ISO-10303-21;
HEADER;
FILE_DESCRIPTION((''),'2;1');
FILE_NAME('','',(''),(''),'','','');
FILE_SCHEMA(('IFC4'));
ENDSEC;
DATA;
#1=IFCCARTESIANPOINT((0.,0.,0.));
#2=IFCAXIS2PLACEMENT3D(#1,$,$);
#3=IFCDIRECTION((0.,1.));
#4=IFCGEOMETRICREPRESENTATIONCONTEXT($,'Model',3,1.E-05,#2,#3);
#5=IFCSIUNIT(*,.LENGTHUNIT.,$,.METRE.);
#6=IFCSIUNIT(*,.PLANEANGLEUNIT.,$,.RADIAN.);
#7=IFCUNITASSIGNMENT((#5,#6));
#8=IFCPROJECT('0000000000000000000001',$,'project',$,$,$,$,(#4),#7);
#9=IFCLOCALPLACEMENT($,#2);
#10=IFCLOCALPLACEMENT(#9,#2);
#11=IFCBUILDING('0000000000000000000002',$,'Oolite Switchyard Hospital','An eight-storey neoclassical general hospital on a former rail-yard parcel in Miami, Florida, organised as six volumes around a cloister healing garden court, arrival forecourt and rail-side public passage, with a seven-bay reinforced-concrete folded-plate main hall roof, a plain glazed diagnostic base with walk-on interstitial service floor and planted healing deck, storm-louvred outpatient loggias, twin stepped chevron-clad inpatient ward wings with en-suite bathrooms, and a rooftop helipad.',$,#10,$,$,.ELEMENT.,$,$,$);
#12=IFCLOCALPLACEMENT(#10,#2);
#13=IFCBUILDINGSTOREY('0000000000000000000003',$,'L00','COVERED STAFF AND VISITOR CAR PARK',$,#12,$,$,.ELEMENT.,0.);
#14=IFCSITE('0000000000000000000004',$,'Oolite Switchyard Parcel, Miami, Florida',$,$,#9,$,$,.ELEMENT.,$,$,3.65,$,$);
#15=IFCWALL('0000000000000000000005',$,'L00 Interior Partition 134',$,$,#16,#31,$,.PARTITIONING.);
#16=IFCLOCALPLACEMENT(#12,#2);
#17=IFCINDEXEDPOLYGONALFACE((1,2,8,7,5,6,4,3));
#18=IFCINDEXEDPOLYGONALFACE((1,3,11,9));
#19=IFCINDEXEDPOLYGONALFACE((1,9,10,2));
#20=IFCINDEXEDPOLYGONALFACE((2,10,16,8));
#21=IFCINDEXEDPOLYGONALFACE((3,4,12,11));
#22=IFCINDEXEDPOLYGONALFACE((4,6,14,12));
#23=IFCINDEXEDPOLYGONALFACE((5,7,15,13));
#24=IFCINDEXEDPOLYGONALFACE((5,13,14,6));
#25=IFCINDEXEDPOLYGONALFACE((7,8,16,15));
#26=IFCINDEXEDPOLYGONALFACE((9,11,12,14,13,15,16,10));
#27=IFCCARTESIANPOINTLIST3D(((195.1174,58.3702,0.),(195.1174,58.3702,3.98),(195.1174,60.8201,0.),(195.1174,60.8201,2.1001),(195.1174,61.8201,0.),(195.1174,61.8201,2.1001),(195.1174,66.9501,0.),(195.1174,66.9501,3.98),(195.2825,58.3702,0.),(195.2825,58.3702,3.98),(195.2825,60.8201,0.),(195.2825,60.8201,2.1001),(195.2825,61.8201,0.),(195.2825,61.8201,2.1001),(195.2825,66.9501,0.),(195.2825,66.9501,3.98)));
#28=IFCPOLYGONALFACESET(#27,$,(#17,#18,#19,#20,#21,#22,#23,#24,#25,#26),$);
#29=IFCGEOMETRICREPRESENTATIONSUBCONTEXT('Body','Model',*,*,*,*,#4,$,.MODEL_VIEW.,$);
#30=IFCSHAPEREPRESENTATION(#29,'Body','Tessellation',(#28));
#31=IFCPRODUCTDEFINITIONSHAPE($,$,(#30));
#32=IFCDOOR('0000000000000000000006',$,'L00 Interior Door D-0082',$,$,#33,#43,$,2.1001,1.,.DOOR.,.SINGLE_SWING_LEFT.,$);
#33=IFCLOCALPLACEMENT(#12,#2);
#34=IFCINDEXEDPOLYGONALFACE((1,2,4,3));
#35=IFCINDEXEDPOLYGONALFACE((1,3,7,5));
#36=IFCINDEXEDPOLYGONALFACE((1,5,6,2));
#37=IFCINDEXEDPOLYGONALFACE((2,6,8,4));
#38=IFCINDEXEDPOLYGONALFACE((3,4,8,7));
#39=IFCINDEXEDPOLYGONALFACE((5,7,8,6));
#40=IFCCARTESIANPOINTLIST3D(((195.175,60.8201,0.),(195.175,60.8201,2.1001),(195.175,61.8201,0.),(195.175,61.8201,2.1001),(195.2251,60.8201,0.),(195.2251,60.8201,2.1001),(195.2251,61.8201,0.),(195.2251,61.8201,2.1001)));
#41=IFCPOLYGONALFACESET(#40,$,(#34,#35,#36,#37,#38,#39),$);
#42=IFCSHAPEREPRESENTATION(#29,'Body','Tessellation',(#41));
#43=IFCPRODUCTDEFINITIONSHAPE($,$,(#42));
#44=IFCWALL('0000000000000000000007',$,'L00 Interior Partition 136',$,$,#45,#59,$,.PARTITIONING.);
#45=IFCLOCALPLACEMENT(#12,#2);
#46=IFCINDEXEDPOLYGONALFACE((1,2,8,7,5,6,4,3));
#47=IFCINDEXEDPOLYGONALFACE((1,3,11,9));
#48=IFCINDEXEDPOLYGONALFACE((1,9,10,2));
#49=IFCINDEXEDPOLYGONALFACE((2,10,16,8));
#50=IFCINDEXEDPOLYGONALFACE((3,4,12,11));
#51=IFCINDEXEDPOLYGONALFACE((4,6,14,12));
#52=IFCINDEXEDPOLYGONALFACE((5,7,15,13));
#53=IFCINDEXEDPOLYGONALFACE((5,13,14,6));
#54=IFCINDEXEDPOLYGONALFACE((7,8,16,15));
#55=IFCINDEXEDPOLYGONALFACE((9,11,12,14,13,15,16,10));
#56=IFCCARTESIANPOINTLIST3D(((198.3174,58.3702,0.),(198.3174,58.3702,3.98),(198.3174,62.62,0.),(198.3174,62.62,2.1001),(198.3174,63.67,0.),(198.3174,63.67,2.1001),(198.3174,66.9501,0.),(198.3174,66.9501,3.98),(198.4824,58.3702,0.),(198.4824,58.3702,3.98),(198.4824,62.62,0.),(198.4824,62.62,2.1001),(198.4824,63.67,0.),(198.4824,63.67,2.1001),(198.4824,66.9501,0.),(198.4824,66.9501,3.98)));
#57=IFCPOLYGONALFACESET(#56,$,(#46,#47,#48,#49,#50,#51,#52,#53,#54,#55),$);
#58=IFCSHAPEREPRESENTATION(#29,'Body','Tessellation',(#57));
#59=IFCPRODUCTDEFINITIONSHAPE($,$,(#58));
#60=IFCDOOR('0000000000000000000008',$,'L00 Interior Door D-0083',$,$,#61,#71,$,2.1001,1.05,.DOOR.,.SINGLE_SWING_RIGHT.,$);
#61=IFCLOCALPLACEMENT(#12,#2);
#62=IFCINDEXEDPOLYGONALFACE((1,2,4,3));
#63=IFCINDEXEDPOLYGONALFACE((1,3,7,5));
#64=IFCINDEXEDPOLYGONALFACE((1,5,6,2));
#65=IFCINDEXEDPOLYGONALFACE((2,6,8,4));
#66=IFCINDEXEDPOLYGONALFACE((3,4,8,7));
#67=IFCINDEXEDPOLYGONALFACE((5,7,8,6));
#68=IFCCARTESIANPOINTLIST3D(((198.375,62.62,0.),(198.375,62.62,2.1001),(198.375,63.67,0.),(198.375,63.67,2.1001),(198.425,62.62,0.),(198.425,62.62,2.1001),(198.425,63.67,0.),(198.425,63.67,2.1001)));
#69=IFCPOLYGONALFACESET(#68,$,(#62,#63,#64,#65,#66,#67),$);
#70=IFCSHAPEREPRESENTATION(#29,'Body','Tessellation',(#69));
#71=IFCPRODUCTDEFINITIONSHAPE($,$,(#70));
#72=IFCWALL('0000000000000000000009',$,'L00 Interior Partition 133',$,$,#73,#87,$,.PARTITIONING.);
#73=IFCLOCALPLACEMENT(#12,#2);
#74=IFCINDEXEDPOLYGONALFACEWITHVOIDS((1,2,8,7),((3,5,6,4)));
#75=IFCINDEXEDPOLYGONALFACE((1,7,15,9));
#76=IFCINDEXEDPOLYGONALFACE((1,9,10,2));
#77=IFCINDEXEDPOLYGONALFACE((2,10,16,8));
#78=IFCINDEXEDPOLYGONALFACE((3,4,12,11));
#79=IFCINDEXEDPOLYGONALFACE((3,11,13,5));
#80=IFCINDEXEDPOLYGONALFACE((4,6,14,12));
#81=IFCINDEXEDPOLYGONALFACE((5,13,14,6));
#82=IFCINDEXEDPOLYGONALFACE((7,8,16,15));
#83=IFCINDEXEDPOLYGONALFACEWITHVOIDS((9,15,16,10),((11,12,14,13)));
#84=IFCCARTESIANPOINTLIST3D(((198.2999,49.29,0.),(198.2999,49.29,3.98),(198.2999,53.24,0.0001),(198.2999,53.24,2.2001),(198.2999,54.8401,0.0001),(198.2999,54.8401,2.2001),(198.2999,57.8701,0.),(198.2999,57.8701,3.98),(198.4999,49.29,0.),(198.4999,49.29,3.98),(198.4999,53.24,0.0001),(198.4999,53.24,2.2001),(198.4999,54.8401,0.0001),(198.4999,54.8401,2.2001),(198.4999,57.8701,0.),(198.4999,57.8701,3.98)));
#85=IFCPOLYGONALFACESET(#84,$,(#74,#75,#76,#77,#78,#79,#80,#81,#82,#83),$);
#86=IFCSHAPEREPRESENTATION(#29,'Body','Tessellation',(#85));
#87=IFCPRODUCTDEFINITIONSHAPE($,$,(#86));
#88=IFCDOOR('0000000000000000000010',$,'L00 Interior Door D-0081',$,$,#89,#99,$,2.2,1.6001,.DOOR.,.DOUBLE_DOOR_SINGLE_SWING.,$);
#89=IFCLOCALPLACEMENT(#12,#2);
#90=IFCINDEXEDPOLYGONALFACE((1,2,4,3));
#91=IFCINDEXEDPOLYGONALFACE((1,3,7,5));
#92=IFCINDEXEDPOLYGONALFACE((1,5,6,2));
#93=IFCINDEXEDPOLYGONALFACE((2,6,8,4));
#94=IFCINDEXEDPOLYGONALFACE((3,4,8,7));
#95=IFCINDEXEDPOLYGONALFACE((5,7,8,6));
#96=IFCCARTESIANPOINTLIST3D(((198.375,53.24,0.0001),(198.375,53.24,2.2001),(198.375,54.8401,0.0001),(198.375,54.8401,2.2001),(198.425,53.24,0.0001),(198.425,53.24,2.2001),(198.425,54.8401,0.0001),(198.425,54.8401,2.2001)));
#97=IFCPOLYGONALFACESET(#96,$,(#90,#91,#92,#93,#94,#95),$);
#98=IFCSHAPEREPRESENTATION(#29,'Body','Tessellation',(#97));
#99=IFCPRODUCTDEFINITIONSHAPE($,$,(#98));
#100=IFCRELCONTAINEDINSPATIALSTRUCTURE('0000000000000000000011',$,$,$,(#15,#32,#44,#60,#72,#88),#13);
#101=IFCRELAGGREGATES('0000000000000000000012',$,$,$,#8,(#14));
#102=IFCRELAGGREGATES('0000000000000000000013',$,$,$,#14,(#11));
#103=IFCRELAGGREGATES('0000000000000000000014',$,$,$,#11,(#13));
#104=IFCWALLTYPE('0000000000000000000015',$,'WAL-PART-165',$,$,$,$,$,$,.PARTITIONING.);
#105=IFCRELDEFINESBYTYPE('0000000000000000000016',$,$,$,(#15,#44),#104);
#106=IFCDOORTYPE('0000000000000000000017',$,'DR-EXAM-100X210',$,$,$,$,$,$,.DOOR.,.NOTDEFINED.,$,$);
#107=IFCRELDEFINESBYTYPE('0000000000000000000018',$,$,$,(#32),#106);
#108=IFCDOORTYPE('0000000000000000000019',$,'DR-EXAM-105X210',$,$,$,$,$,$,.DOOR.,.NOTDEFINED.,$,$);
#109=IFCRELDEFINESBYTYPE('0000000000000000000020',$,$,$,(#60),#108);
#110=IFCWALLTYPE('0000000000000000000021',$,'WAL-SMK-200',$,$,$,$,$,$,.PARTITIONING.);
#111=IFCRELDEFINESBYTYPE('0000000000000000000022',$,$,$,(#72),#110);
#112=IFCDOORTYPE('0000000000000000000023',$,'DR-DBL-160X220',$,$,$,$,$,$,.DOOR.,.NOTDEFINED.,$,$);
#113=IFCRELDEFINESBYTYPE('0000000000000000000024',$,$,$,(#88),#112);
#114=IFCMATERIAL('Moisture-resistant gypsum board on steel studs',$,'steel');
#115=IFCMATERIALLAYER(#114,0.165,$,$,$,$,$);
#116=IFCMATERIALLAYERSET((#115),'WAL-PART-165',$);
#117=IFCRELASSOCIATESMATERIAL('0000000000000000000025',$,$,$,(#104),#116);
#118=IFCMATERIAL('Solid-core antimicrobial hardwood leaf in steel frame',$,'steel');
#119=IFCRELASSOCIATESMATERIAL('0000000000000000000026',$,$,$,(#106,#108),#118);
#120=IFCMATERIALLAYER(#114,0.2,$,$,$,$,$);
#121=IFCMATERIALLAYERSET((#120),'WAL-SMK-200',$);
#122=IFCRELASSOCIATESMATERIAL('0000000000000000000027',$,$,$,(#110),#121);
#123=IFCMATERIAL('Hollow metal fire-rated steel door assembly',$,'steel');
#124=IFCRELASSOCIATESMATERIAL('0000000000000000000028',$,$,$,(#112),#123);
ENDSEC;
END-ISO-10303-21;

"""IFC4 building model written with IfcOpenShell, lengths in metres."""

from ifc_helpers import new_model, si_unit, direction, frame, frame_2d, origin, place, context, subcontext, project, spatial, rectangle, extrude, material, layer, layer_set, type_object, element, fill, save


model = new_model("IFC4")

# Units and contexts
model_context = context("Model", 3, precision=1e-05, world=origin(), true_north=direction((0.0, 1.0)))
body_context = subcontext(model_context, "Body", "Model", "MODEL_VIEW")
ifc_project = project(units=[si_unit("LENGTHUNIT", "METRE"), si_unit("PLANEANGLEUNIT", "RADIAN")], contexts=[model_context])

# Site, building, storey
site_placement = place(None, origin())
site = spatial("IfcSite", under=ifc_project, at=site_placement, Name="Oolite Switchyard Parcel, Miami, Florida", CompositionType="ELEMENT", RefElevation=3.65)
building_placement = place(site_placement, origin())
building = spatial("IfcBuilding", under=site, at=building_placement, Name="Oolite Switchyard Hospital", Description="An eight-storey neoclassical general hospital on a former rail-yard parcel in Miami, Florida, organised as six volumes around a cloister healing garden court, arrival forecourt and rail-side public passage, with a seven-bay reinforced-concrete folded-plate main hall roof, a plain glazed diagnostic base with walk-on interstitial service floor and planted healing deck, storm-louvred outpatient loggias, twin stepped chevron-clad inpatient ward wings with en-suite bathrooms, and a rooftop helipad.", CompositionType="ELEMENT")
storey_placement = place(building_placement, origin())
storey = spatial("IfcBuildingStorey", under=building, at=storey_placement, Name="L00", Description="COVERED STAFF AND VISITOR CAR PARK", CompositionType="ELEMENT", Elevation=0.0)

# Shared definitions
ifc_material_1 = material(Name="Moisture-resistant gypsum board on steel studs", Category="steel")

# Walls, openings, doors
ifc_layer_1 = layer(ifc_material_1, 0.165)
ifc_layer_set_1 = layer_set([ifc_layer_1], Name="WAL-PART-165")
wall_type_1 = type_object("IfcWallType", Name="WAL-PART-165", PredefinedType="PARTITIONING", material=ifc_layer_set_1)
ifc_material_2 = material(Name="Solid-core antimicrobial hardwood leaf in steel frame", Category="steel")
wall_1_placement = place(storey_placement, frame((195.2, 58.3701, 0.0), z_axis=(0.0, 0.0, 1.0), x_axis=(0.0, 1.0, 0.0)))
wall_1 = element("IfcWall", 1, at=wall_1_placement, inside=storey, type_object=wall_type_1, Name="L00 Interior Partition 134", PredefinedType="PARTITIONING", context=body_context, shape_type="SweptSolid", body=[
    extrude(rectangle(XDim=8.5798, YDim=0.165, at=frame_2d((4.29, 0.0))), origin(), (0.0, 0.0, 1.0), 3.98),
])
opening_1_placement = place(wall_1_placement, frame((2.45, 0.0, 0.0)))
opening_1 = element("IfcOpeningElement", 2, at=opening_1_placement, cuts=wall_1, PredefinedType="OPENING", context=body_context, shape_type="SweptSolid", body=[
    extrude(rectangle(XDim=1.0, YDim=2.1001, at=frame_2d((0.5, 1.05))), frame((0.0, 0.0925, 0.0), z_axis=(0.0, -1.0, 0.0), x_axis=(1.0, 0.0, 0.0)), (0.0, 0.0, 1.0), 0.1851),
])
door_type_1 = type_object("IfcDoorType", Name="DR-EXAM-100X210", OperationType="NOTDEFINED", PredefinedType="DOOR", material=ifc_material_2)
door_1_placement = place(opening_1_placement, origin())
door_1 = element("IfcDoor", 3, at=door_1_placement, inside=storey, type_object=door_type_1, Name="L00 Interior Door D-0082", OperationType="SINGLE_SWING_LEFT", OverallHeight=2.1001, OverallWidth=1.0, PredefinedType="DOOR", context=body_context, shape_type="SweptSolid", body=[
    extrude(rectangle(XDim=1.0, YDim=2.1001, at=frame_2d((0.5, 1.05))), frame((0.0, 0.0249, 0.0), z_axis=(0.0, -1.0, 0.0), x_axis=(1.0, 0.0, 0.0)), (0.0, 0.0, 1.0), 0.05),
])
fill(opening_1, door_1)
wall_2_placement = place(storey_placement, frame((198.3999, 58.3701, 0.0), z_axis=(0.0, 0.0, 1.0), x_axis=(0.0, 1.0, 0.0)))
wall_2 = element("IfcWall", 4, at=wall_2_placement, inside=storey, type_object=wall_type_1, Name="L00 Interior Partition 136", PredefinedType="PARTITIONING", context=body_context, shape_type="SweptSolid", body=[
    extrude(rectangle(XDim=8.5798, YDim=0.165, at=frame_2d((4.29, 0.0))), origin(), (0.0, 0.0, 1.0), 3.98),
])
opening_2_placement = place(wall_2_placement, frame((4.25, 0.0, 0.0)))
opening_2 = element("IfcOpeningElement", 5, at=opening_2_placement, cuts=wall_2, PredefinedType="OPENING", context=body_context, shape_type="SweptSolid", body=[
    extrude(rectangle(XDim=1.05, YDim=2.1001, at=frame_2d((0.5249, 1.05))), frame((0.0, 0.0925, 0.0), z_axis=(0.0, -1.0, 0.0), x_axis=(1.0, 0.0, 0.0)), (0.0, 0.0, 1.0), 0.1851),
])
door_type_2 = type_object("IfcDoorType", Name="DR-EXAM-105X210", OperationType="NOTDEFINED", PredefinedType="DOOR", material=ifc_material_2)
door_2_placement = place(opening_2_placement, origin())
door_2 = element("IfcDoor", 6, at=door_2_placement, inside=storey, type_object=door_type_2, Name="L00 Interior Door D-0083", OperationType="SINGLE_SWING_RIGHT", OverallHeight=2.1001, OverallWidth=1.05, PredefinedType="DOOR", context=body_context, shape_type="SweptSolid", body=[
    extrude(rectangle(XDim=1.05, YDim=2.1001, at=frame_2d((0.5249, 1.05))), frame((0.0, 0.0249, 0.0), z_axis=(0.0, -1.0, 0.0), x_axis=(1.0, 0.0, 0.0)), (0.0, 0.0, 1.0), 0.05),
])
fill(opening_2, door_2)
ifc_layer_2 = layer(ifc_material_1, 0.2)
ifc_layer_set_2 = layer_set([ifc_layer_2], Name="WAL-SMK-200")
wall_type_2 = type_object("IfcWallType", Name="WAL-SMK-200", PredefinedType="PARTITIONING", material=ifc_layer_set_2)
wall_3_placement = place(storey_placement, frame((198.3999, 49.29, 0.0), z_axis=(0.0, 0.0, 1.0), x_axis=(0.0, 1.0, 0.0)))
wall_3 = element("IfcWall", 7, at=wall_3_placement, inside=storey, type_object=wall_type_2, Name="L00 Interior Partition 133", PredefinedType="PARTITIONING", context=body_context, shape_type="SweptSolid", body=[
    extrude(rectangle(XDim=8.5801, YDim=0.2, at=frame_2d((4.29, 0.0))), origin(), (0.0, 0.0, 1.0), 3.98),
])
opening_3_placement = place(wall_3_placement, frame((3.95, 0.0, 0.0)))
opening_3 = element("IfcOpeningElement", 8, at=opening_3_placement, cuts=wall_3, PredefinedType="OPENING", context=body_context, shape_type="SweptSolid", body=[
    extrude(rectangle(XDim=1.6001, YDim=2.2, at=frame_2d((0.8, 1.1001))), frame((0.0, 0.1099, 0.0), z_axis=(0.0, -1.0, 0.0), x_axis=(1.0, 0.0, 0.0)), (0.0, 0.0, 1.0), 0.22),
])
ifc_material_3 = material(Name="Hollow metal fire-rated steel door assembly", Category="steel")
door_type_3 = type_object("IfcDoorType", Name="DR-DBL-160X220", OperationType="NOTDEFINED", PredefinedType="DOOR", material=ifc_material_3)
door_3_placement = place(opening_3_placement, origin())
door_3 = element("IfcDoor", 9, at=door_3_placement, inside=storey, type_object=door_type_3, Name="L00 Interior Door D-0081", OperationType="DOUBLE_DOOR_SINGLE_SWING", OverallHeight=2.2, OverallWidth=1.6001, PredefinedType="DOOR", context=body_context, shape_type="SweptSolid", body=[
    extrude(rectangle(XDim=1.6001, YDim=2.2, at=frame_2d((0.8, 1.1001))), frame((0.0, 0.0249, 0.0), z_axis=(0.0, -1.0, 0.0), x_axis=(1.0, 0.0, 0.0)), (0.0, 0.0, 1.0), 0.05),
])
fill(opening_3, door_3)

save(model, "model.ifc")
